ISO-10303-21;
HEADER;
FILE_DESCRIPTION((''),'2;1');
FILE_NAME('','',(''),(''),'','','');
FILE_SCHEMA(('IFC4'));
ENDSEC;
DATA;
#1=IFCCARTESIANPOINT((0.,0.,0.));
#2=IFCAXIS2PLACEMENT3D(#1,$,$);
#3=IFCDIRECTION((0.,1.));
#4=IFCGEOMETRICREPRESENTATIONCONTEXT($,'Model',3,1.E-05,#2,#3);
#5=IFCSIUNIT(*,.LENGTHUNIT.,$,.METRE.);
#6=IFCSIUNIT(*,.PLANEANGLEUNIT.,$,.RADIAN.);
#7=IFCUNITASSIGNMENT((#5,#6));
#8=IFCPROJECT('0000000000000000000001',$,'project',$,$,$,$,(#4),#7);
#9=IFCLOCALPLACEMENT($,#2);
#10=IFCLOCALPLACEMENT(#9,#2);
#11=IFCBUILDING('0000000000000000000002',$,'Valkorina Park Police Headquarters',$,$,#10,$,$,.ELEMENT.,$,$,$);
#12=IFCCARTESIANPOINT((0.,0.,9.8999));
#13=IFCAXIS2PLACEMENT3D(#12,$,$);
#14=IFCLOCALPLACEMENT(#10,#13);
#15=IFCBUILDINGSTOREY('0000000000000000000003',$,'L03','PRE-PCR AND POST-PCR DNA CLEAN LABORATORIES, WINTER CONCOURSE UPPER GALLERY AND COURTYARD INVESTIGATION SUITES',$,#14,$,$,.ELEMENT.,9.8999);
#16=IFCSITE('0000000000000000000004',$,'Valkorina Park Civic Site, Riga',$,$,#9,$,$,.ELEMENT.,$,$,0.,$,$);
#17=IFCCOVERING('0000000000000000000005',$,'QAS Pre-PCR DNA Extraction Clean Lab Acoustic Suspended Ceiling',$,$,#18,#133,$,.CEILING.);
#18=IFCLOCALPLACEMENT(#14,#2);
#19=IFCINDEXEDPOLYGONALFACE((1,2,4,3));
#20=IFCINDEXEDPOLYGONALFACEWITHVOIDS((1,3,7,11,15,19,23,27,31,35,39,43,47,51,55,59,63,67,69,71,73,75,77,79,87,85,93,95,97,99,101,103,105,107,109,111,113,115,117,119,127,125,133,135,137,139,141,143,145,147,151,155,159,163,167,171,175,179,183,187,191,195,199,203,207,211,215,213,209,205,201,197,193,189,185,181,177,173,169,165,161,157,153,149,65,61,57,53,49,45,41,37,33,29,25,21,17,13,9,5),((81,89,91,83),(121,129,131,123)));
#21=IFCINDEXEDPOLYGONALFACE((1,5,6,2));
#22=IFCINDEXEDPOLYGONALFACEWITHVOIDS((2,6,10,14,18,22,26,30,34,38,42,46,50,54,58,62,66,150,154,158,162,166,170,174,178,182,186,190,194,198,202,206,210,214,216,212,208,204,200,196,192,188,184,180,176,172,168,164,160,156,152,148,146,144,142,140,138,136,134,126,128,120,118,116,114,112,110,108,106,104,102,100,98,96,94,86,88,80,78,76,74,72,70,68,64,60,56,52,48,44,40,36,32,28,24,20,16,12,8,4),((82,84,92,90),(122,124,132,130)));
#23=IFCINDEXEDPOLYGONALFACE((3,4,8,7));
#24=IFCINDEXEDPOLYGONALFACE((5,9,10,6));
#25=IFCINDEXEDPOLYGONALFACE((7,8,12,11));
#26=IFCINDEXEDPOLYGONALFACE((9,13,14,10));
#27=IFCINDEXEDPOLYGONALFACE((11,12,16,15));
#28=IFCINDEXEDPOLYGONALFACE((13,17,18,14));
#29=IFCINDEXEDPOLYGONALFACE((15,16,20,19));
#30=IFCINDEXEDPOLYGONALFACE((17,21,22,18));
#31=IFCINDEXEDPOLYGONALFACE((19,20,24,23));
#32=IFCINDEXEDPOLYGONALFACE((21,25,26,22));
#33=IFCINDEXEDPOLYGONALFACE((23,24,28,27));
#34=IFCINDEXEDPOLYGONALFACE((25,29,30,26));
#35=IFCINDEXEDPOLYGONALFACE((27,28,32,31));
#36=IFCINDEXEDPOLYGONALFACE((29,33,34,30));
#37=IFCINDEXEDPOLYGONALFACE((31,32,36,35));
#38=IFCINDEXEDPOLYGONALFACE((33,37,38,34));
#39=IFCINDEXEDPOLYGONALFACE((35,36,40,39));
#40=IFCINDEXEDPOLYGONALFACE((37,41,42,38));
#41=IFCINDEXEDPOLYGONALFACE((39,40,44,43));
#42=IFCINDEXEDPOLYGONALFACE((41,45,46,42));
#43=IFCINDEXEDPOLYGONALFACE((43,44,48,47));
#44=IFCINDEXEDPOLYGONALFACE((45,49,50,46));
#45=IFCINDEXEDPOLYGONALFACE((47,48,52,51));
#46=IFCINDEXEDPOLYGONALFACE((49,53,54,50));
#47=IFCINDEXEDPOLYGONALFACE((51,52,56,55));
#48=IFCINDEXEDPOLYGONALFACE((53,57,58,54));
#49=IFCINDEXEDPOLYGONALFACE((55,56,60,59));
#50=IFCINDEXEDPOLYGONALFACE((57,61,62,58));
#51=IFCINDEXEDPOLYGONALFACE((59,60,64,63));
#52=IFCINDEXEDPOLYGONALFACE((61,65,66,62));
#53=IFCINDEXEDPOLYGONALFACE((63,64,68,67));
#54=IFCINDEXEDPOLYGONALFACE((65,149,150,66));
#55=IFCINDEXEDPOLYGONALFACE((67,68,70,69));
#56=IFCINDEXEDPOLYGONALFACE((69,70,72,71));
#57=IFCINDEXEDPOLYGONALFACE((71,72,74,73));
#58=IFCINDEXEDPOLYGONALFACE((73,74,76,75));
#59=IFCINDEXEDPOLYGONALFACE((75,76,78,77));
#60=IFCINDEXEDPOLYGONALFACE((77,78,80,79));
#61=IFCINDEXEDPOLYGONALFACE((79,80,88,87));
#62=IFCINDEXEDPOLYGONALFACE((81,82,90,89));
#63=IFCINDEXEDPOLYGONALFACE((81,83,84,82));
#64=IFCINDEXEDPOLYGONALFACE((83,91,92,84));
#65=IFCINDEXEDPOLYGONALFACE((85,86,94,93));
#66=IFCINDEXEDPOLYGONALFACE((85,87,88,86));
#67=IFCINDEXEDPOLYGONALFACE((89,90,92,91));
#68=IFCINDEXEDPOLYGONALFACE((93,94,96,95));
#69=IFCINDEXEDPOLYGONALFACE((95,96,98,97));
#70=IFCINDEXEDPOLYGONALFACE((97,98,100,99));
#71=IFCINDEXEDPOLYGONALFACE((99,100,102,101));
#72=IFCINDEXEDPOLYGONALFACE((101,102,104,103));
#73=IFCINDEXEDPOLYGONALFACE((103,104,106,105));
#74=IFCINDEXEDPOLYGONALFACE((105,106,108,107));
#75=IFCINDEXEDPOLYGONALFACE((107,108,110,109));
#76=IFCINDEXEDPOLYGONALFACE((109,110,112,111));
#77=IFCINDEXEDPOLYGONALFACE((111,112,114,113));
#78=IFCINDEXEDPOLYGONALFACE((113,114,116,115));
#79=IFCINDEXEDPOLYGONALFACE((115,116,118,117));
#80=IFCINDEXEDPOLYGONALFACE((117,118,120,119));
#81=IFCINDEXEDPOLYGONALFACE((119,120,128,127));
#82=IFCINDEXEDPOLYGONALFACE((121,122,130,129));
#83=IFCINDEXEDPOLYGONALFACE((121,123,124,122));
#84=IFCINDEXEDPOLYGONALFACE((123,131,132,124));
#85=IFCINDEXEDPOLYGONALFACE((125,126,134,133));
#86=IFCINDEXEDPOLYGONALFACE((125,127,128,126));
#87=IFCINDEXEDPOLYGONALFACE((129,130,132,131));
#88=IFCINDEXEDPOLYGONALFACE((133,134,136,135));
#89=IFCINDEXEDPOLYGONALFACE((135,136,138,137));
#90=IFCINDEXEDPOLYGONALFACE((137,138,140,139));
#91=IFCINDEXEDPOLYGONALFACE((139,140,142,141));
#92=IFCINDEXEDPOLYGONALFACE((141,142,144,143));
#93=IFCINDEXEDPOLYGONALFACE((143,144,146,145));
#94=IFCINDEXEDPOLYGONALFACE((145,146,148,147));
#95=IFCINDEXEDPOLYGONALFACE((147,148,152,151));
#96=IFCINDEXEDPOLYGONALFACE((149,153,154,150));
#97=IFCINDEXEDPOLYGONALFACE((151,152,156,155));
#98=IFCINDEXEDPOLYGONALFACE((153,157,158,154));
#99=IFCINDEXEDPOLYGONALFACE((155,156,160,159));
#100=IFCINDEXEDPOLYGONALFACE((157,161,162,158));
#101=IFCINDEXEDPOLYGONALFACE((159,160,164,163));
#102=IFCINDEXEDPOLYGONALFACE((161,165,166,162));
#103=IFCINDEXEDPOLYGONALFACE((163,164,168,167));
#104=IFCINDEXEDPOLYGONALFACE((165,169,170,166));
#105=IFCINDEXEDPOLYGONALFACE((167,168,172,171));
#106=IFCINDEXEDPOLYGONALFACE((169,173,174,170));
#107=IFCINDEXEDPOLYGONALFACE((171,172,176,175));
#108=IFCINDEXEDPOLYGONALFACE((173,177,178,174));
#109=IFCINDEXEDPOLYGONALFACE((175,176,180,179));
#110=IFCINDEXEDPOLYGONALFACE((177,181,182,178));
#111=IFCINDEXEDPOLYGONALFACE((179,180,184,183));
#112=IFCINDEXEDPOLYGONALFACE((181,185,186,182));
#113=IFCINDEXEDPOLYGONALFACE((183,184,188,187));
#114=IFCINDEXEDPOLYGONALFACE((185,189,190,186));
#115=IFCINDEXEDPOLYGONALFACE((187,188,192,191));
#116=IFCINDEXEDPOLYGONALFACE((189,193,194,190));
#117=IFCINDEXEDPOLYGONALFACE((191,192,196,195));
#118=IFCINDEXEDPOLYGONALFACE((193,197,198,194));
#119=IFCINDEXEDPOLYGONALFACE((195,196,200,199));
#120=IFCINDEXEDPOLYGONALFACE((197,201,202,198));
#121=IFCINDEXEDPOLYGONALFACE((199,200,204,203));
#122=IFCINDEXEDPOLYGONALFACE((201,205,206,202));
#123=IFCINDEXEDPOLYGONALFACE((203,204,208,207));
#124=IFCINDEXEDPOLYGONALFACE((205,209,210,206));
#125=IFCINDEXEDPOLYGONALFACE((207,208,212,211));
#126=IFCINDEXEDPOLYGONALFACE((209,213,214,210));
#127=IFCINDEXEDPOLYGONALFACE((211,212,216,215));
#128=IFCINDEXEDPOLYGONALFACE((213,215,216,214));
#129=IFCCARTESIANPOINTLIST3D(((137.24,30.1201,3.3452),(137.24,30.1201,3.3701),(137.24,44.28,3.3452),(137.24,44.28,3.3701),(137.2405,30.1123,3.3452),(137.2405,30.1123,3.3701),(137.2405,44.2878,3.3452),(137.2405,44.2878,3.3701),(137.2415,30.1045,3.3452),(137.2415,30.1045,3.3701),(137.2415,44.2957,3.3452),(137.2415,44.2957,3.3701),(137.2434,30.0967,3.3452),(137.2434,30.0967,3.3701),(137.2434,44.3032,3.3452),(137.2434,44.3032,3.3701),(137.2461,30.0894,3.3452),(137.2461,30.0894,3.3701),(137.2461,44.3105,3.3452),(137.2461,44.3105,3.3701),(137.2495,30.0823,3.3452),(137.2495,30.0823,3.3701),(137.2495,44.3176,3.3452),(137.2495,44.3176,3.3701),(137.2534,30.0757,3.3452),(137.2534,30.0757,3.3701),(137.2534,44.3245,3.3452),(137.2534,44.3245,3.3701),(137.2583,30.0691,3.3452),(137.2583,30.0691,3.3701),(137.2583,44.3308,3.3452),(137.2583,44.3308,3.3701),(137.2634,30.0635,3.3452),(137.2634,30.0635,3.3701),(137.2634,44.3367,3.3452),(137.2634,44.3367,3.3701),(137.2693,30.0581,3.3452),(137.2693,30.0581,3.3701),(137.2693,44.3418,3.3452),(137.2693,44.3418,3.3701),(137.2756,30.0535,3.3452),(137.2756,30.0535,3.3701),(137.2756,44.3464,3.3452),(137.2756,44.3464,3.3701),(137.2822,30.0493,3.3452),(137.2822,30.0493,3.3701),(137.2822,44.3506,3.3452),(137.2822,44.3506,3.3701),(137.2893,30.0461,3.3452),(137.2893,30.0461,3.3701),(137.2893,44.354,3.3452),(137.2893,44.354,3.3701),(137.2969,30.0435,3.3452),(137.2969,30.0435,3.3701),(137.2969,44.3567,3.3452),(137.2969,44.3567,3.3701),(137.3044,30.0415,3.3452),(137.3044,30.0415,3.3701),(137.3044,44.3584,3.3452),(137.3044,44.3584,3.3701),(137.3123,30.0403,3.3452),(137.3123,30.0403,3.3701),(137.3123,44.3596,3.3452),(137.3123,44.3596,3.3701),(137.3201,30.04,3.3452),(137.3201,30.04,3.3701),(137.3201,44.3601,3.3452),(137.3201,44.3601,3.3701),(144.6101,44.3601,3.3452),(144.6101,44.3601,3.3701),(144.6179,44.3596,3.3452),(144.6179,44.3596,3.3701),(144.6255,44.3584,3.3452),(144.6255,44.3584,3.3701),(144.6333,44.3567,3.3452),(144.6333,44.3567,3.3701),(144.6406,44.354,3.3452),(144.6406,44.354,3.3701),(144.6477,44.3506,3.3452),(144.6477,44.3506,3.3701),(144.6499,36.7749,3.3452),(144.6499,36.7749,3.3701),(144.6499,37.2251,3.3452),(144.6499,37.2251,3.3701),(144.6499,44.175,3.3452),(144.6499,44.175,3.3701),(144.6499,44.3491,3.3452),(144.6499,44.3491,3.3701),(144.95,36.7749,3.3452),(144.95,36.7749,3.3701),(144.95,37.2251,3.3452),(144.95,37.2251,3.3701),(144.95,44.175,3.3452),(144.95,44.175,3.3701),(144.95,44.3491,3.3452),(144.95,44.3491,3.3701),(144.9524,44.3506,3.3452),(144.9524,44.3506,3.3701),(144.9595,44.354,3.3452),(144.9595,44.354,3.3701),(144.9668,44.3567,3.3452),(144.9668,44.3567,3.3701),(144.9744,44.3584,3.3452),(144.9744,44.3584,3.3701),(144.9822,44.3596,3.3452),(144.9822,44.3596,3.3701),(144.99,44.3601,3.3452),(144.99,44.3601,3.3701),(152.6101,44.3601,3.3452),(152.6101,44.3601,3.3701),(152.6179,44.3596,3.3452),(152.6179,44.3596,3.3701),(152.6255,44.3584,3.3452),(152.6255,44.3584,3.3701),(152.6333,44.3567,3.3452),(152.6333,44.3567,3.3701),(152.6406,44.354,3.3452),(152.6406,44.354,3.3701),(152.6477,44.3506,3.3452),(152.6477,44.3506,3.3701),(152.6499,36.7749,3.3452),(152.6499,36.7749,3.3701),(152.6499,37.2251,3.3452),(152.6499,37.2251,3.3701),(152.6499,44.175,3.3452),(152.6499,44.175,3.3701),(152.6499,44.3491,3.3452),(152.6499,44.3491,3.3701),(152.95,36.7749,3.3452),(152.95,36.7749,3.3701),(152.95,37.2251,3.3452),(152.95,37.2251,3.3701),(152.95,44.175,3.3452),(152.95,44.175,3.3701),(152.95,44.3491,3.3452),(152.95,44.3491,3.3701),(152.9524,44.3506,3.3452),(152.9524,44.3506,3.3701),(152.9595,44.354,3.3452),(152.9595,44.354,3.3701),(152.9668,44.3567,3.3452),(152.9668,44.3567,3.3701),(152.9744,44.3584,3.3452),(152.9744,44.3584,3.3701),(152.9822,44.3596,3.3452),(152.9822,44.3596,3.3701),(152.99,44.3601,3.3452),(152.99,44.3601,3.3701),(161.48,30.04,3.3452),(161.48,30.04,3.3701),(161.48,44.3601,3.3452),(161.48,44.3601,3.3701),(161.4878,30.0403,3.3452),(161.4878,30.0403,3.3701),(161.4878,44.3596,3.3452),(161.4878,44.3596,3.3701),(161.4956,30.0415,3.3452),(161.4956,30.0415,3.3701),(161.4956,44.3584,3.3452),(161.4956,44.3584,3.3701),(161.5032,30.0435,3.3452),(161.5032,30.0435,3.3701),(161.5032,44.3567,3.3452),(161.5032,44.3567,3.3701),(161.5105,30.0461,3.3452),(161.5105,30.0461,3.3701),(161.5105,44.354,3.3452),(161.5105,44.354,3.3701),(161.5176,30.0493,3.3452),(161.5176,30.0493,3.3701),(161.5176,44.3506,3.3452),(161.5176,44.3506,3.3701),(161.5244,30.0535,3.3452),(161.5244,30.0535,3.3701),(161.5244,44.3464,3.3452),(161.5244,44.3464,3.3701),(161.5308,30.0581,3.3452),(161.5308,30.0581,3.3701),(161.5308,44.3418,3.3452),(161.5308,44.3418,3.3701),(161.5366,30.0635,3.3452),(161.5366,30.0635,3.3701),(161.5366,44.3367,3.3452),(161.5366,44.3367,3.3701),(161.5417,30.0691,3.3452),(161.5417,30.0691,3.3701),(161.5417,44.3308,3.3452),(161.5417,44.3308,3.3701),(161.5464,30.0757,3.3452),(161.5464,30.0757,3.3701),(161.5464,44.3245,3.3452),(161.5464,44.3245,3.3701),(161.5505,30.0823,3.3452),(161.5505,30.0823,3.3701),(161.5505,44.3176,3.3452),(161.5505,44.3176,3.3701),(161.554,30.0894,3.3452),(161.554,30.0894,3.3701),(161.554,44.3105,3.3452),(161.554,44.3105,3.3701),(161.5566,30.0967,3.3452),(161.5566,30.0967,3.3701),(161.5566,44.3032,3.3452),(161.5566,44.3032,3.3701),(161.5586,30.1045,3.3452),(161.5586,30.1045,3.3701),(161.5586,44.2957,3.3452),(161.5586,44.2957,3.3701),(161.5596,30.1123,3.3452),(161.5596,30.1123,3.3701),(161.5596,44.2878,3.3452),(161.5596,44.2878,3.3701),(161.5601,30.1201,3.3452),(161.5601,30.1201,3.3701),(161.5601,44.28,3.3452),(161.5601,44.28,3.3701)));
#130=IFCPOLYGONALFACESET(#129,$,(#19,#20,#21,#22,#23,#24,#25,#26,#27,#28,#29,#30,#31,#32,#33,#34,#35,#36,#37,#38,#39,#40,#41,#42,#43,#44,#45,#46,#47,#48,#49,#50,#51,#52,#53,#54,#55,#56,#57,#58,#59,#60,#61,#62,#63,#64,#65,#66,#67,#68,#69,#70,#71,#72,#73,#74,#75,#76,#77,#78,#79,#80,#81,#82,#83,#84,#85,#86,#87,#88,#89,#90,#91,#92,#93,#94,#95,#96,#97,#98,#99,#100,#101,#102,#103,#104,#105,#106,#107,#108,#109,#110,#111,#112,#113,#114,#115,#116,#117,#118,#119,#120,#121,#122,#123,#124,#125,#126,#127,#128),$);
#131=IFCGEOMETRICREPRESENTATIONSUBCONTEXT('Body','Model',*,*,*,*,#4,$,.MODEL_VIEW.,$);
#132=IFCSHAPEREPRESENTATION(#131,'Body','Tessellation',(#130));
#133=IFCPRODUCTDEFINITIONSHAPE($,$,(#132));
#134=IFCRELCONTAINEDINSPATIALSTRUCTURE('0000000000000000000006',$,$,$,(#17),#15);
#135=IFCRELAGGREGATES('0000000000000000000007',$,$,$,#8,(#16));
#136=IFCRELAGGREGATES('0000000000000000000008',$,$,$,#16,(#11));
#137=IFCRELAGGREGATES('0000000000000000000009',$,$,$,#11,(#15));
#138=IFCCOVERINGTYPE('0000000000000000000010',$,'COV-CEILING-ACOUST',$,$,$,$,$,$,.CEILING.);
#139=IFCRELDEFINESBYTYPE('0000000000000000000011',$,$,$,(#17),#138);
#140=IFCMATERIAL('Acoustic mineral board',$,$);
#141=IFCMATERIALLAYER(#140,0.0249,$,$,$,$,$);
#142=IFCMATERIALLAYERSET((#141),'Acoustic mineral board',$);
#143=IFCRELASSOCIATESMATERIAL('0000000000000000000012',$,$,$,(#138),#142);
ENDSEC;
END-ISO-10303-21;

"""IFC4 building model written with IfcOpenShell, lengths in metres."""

from ifc_helpers import new_model, si_unit, direction, frame, origin, place, context, subcontext, project, spatial, polyline, outline, extrude, material, layer, layer_set, type_object, element, save


model = new_model("IFC4")

# Units and contexts
model_context = context("Model", 3, precision=1e-05, world=origin(), true_north=direction((0.0, 1.0)))
body_context = subcontext(model_context, "Body", "Model", "MODEL_VIEW")
ifc_project = project(units=[si_unit("LENGTHUNIT", "METRE"), si_unit("PLANEANGLEUNIT", "RADIAN")], contexts=[model_context])

# Site, building, storey
site_placement = place(None, origin())
site = spatial("IfcSite", under=ifc_project, at=site_placement, Name="Valkorina Park Civic Site, Riga", CompositionType="ELEMENT", RefElevation=0.0)
building_placement = place(site_placement, origin())
building = spatial("IfcBuilding", under=site, at=building_placement, Name="Valkorina Park Police Headquarters", CompositionType="ELEMENT")
storey_placement = place(building_placement, frame((0.0, 0.0, 9.8999)))
storey = spatial("IfcBuildingStorey", under=building, at=storey_placement, Name="L03", Description="PRE-PCR AND POST-PCR DNA CLEAN LABORATORIES, WINTER CONCOURSE UPPER GALLERY AND COURTYARD INVESTIGATION SUITES", CompositionType="ELEMENT", Elevation=9.8999)

# Covering
ifc_material_1 = material(Name="Acoustic mineral board")
ifc_layer_1 = layer(ifc_material_1, 0.0249)
ifc_layer_set_1 = layer_set([ifc_layer_1], Name="Acoustic mineral board")
covering_type_1 = type_object("IfcCoveringType", Name="COV-CEILING-ACOUST", PredefinedType="CEILING", material=ifc_layer_set_1)
covering_1_placement = place(storey_placement, frame((0.0, 0.0, 3.3452)))
element("IfcCovering", 1, at=covering_1_placement, inside=storey, type_object=covering_type_1, Name="QAS Pre-PCR DNA Extraction Clean Lab Acoustic Suspended Ceiling", PredefinedType="CEILING", context=body_context, shape_type="SweptSolid", body=[
    extrude(outline(polyline([(161.5586, 30.1045), (161.5596, 30.1123), (161.5601, 30.1201), (161.5601, 44.28), (161.5596, 44.2878), (161.5586, 44.2957), (161.5566, 44.3032), (161.554, 44.3105), (161.5505, 44.3176), (161.5464, 44.3245), (161.5417, 44.3308), (161.5366, 44.3367), (161.5308, 44.3418), (161.5244, 44.3464), (161.5176, 44.3506), (161.5105, 44.354), (161.5032, 44.3567), (161.4956, 44.3584), (161.4878, 44.3596), (161.48, 44.3601), (152.99, 44.3601), (152.9822, 44.3596), (152.9744, 44.3584), (152.9668, 44.3567), (152.9595, 44.354), (152.9524, 44.3506), (152.95, 44.3491), (152.95, 44.175), (152.6499, 44.175), (152.6499, 44.3491), (152.6477, 44.3506), (152.6406, 44.354), (152.6333, 44.3567), (152.6255, 44.3584), (152.6179, 44.3596), (152.6101, 44.3601), (144.99, 44.3601), (144.9822, 44.3596), (144.9744, 44.3584), (144.9668, 44.3567), (144.9595, 44.354), (144.9524, 44.3506), (144.95, 44.3491), (144.95, 44.175), (144.6499, 44.175), (144.6499, 44.3491), (144.6477, 44.3506), (144.6406, 44.354), (144.6333, 44.3567), (144.6255, 44.3584), (144.6179, 44.3596), (144.6101, 44.3601), (137.3201, 44.3601), (137.3123, 44.3596), (137.3044, 44.3584), (137.2969, 44.3567), (137.2893, 44.354), (137.2822, 44.3506), (137.2756, 44.3464), (137.2693, 44.3418), (137.2634, 44.3367), (137.2583, 44.3308), (137.2534, 44.3245), (137.2495, 44.3176), (137.2461, 44.3105), (137.2434, 44.3032), (137.2415, 44.2957), (137.2405, 44.2878), (137.24, 44.28), (137.24, 30.1201), (137.2405, 30.1123), (137.2415, 30.1045), (137.2434, 30.0967), (137.2461, 30.0894), (137.2495, 30.0823), (137.2534, 30.0757), (137.2583, 30.0691), (137.2634, 30.0635), (137.2693, 30.0581), (137.2756, 30.0535), (137.2822, 30.0493), (137.2893, 30.0461), (137.2969, 30.0435), (137.3044, 30.0415), (137.3123, 30.0403), (137.3201, 30.04), (161.48, 30.04), (161.4878, 30.0403), (161.4956, 30.0415), (161.5032, 30.0435), (161.5105, 30.0461), (161.5176, 30.0493), (161.5244, 30.0535), (161.5308, 30.0581), (161.5366, 30.0635), (161.5417, 30.0691), (161.5464, 30.0757), (161.5505, 30.0823), (161.554, 30.0894), (161.5566, 30.0967), (161.5586, 30.1045)]), holes=[polyline([(152.95, 37.2251), (152.95, 36.7749), (152.6499, 36.7749), (152.6499, 37.2251), (152.95, 37.2251)]), polyline([(144.95, 37.2251), (144.95, 36.7749), (144.6499, 36.7749), (144.6499, 37.2251), (144.95, 37.2251)])]), origin(), (0.0, 0.0, 1.0), 0.0249),
])

save(model, "model.ifc")
